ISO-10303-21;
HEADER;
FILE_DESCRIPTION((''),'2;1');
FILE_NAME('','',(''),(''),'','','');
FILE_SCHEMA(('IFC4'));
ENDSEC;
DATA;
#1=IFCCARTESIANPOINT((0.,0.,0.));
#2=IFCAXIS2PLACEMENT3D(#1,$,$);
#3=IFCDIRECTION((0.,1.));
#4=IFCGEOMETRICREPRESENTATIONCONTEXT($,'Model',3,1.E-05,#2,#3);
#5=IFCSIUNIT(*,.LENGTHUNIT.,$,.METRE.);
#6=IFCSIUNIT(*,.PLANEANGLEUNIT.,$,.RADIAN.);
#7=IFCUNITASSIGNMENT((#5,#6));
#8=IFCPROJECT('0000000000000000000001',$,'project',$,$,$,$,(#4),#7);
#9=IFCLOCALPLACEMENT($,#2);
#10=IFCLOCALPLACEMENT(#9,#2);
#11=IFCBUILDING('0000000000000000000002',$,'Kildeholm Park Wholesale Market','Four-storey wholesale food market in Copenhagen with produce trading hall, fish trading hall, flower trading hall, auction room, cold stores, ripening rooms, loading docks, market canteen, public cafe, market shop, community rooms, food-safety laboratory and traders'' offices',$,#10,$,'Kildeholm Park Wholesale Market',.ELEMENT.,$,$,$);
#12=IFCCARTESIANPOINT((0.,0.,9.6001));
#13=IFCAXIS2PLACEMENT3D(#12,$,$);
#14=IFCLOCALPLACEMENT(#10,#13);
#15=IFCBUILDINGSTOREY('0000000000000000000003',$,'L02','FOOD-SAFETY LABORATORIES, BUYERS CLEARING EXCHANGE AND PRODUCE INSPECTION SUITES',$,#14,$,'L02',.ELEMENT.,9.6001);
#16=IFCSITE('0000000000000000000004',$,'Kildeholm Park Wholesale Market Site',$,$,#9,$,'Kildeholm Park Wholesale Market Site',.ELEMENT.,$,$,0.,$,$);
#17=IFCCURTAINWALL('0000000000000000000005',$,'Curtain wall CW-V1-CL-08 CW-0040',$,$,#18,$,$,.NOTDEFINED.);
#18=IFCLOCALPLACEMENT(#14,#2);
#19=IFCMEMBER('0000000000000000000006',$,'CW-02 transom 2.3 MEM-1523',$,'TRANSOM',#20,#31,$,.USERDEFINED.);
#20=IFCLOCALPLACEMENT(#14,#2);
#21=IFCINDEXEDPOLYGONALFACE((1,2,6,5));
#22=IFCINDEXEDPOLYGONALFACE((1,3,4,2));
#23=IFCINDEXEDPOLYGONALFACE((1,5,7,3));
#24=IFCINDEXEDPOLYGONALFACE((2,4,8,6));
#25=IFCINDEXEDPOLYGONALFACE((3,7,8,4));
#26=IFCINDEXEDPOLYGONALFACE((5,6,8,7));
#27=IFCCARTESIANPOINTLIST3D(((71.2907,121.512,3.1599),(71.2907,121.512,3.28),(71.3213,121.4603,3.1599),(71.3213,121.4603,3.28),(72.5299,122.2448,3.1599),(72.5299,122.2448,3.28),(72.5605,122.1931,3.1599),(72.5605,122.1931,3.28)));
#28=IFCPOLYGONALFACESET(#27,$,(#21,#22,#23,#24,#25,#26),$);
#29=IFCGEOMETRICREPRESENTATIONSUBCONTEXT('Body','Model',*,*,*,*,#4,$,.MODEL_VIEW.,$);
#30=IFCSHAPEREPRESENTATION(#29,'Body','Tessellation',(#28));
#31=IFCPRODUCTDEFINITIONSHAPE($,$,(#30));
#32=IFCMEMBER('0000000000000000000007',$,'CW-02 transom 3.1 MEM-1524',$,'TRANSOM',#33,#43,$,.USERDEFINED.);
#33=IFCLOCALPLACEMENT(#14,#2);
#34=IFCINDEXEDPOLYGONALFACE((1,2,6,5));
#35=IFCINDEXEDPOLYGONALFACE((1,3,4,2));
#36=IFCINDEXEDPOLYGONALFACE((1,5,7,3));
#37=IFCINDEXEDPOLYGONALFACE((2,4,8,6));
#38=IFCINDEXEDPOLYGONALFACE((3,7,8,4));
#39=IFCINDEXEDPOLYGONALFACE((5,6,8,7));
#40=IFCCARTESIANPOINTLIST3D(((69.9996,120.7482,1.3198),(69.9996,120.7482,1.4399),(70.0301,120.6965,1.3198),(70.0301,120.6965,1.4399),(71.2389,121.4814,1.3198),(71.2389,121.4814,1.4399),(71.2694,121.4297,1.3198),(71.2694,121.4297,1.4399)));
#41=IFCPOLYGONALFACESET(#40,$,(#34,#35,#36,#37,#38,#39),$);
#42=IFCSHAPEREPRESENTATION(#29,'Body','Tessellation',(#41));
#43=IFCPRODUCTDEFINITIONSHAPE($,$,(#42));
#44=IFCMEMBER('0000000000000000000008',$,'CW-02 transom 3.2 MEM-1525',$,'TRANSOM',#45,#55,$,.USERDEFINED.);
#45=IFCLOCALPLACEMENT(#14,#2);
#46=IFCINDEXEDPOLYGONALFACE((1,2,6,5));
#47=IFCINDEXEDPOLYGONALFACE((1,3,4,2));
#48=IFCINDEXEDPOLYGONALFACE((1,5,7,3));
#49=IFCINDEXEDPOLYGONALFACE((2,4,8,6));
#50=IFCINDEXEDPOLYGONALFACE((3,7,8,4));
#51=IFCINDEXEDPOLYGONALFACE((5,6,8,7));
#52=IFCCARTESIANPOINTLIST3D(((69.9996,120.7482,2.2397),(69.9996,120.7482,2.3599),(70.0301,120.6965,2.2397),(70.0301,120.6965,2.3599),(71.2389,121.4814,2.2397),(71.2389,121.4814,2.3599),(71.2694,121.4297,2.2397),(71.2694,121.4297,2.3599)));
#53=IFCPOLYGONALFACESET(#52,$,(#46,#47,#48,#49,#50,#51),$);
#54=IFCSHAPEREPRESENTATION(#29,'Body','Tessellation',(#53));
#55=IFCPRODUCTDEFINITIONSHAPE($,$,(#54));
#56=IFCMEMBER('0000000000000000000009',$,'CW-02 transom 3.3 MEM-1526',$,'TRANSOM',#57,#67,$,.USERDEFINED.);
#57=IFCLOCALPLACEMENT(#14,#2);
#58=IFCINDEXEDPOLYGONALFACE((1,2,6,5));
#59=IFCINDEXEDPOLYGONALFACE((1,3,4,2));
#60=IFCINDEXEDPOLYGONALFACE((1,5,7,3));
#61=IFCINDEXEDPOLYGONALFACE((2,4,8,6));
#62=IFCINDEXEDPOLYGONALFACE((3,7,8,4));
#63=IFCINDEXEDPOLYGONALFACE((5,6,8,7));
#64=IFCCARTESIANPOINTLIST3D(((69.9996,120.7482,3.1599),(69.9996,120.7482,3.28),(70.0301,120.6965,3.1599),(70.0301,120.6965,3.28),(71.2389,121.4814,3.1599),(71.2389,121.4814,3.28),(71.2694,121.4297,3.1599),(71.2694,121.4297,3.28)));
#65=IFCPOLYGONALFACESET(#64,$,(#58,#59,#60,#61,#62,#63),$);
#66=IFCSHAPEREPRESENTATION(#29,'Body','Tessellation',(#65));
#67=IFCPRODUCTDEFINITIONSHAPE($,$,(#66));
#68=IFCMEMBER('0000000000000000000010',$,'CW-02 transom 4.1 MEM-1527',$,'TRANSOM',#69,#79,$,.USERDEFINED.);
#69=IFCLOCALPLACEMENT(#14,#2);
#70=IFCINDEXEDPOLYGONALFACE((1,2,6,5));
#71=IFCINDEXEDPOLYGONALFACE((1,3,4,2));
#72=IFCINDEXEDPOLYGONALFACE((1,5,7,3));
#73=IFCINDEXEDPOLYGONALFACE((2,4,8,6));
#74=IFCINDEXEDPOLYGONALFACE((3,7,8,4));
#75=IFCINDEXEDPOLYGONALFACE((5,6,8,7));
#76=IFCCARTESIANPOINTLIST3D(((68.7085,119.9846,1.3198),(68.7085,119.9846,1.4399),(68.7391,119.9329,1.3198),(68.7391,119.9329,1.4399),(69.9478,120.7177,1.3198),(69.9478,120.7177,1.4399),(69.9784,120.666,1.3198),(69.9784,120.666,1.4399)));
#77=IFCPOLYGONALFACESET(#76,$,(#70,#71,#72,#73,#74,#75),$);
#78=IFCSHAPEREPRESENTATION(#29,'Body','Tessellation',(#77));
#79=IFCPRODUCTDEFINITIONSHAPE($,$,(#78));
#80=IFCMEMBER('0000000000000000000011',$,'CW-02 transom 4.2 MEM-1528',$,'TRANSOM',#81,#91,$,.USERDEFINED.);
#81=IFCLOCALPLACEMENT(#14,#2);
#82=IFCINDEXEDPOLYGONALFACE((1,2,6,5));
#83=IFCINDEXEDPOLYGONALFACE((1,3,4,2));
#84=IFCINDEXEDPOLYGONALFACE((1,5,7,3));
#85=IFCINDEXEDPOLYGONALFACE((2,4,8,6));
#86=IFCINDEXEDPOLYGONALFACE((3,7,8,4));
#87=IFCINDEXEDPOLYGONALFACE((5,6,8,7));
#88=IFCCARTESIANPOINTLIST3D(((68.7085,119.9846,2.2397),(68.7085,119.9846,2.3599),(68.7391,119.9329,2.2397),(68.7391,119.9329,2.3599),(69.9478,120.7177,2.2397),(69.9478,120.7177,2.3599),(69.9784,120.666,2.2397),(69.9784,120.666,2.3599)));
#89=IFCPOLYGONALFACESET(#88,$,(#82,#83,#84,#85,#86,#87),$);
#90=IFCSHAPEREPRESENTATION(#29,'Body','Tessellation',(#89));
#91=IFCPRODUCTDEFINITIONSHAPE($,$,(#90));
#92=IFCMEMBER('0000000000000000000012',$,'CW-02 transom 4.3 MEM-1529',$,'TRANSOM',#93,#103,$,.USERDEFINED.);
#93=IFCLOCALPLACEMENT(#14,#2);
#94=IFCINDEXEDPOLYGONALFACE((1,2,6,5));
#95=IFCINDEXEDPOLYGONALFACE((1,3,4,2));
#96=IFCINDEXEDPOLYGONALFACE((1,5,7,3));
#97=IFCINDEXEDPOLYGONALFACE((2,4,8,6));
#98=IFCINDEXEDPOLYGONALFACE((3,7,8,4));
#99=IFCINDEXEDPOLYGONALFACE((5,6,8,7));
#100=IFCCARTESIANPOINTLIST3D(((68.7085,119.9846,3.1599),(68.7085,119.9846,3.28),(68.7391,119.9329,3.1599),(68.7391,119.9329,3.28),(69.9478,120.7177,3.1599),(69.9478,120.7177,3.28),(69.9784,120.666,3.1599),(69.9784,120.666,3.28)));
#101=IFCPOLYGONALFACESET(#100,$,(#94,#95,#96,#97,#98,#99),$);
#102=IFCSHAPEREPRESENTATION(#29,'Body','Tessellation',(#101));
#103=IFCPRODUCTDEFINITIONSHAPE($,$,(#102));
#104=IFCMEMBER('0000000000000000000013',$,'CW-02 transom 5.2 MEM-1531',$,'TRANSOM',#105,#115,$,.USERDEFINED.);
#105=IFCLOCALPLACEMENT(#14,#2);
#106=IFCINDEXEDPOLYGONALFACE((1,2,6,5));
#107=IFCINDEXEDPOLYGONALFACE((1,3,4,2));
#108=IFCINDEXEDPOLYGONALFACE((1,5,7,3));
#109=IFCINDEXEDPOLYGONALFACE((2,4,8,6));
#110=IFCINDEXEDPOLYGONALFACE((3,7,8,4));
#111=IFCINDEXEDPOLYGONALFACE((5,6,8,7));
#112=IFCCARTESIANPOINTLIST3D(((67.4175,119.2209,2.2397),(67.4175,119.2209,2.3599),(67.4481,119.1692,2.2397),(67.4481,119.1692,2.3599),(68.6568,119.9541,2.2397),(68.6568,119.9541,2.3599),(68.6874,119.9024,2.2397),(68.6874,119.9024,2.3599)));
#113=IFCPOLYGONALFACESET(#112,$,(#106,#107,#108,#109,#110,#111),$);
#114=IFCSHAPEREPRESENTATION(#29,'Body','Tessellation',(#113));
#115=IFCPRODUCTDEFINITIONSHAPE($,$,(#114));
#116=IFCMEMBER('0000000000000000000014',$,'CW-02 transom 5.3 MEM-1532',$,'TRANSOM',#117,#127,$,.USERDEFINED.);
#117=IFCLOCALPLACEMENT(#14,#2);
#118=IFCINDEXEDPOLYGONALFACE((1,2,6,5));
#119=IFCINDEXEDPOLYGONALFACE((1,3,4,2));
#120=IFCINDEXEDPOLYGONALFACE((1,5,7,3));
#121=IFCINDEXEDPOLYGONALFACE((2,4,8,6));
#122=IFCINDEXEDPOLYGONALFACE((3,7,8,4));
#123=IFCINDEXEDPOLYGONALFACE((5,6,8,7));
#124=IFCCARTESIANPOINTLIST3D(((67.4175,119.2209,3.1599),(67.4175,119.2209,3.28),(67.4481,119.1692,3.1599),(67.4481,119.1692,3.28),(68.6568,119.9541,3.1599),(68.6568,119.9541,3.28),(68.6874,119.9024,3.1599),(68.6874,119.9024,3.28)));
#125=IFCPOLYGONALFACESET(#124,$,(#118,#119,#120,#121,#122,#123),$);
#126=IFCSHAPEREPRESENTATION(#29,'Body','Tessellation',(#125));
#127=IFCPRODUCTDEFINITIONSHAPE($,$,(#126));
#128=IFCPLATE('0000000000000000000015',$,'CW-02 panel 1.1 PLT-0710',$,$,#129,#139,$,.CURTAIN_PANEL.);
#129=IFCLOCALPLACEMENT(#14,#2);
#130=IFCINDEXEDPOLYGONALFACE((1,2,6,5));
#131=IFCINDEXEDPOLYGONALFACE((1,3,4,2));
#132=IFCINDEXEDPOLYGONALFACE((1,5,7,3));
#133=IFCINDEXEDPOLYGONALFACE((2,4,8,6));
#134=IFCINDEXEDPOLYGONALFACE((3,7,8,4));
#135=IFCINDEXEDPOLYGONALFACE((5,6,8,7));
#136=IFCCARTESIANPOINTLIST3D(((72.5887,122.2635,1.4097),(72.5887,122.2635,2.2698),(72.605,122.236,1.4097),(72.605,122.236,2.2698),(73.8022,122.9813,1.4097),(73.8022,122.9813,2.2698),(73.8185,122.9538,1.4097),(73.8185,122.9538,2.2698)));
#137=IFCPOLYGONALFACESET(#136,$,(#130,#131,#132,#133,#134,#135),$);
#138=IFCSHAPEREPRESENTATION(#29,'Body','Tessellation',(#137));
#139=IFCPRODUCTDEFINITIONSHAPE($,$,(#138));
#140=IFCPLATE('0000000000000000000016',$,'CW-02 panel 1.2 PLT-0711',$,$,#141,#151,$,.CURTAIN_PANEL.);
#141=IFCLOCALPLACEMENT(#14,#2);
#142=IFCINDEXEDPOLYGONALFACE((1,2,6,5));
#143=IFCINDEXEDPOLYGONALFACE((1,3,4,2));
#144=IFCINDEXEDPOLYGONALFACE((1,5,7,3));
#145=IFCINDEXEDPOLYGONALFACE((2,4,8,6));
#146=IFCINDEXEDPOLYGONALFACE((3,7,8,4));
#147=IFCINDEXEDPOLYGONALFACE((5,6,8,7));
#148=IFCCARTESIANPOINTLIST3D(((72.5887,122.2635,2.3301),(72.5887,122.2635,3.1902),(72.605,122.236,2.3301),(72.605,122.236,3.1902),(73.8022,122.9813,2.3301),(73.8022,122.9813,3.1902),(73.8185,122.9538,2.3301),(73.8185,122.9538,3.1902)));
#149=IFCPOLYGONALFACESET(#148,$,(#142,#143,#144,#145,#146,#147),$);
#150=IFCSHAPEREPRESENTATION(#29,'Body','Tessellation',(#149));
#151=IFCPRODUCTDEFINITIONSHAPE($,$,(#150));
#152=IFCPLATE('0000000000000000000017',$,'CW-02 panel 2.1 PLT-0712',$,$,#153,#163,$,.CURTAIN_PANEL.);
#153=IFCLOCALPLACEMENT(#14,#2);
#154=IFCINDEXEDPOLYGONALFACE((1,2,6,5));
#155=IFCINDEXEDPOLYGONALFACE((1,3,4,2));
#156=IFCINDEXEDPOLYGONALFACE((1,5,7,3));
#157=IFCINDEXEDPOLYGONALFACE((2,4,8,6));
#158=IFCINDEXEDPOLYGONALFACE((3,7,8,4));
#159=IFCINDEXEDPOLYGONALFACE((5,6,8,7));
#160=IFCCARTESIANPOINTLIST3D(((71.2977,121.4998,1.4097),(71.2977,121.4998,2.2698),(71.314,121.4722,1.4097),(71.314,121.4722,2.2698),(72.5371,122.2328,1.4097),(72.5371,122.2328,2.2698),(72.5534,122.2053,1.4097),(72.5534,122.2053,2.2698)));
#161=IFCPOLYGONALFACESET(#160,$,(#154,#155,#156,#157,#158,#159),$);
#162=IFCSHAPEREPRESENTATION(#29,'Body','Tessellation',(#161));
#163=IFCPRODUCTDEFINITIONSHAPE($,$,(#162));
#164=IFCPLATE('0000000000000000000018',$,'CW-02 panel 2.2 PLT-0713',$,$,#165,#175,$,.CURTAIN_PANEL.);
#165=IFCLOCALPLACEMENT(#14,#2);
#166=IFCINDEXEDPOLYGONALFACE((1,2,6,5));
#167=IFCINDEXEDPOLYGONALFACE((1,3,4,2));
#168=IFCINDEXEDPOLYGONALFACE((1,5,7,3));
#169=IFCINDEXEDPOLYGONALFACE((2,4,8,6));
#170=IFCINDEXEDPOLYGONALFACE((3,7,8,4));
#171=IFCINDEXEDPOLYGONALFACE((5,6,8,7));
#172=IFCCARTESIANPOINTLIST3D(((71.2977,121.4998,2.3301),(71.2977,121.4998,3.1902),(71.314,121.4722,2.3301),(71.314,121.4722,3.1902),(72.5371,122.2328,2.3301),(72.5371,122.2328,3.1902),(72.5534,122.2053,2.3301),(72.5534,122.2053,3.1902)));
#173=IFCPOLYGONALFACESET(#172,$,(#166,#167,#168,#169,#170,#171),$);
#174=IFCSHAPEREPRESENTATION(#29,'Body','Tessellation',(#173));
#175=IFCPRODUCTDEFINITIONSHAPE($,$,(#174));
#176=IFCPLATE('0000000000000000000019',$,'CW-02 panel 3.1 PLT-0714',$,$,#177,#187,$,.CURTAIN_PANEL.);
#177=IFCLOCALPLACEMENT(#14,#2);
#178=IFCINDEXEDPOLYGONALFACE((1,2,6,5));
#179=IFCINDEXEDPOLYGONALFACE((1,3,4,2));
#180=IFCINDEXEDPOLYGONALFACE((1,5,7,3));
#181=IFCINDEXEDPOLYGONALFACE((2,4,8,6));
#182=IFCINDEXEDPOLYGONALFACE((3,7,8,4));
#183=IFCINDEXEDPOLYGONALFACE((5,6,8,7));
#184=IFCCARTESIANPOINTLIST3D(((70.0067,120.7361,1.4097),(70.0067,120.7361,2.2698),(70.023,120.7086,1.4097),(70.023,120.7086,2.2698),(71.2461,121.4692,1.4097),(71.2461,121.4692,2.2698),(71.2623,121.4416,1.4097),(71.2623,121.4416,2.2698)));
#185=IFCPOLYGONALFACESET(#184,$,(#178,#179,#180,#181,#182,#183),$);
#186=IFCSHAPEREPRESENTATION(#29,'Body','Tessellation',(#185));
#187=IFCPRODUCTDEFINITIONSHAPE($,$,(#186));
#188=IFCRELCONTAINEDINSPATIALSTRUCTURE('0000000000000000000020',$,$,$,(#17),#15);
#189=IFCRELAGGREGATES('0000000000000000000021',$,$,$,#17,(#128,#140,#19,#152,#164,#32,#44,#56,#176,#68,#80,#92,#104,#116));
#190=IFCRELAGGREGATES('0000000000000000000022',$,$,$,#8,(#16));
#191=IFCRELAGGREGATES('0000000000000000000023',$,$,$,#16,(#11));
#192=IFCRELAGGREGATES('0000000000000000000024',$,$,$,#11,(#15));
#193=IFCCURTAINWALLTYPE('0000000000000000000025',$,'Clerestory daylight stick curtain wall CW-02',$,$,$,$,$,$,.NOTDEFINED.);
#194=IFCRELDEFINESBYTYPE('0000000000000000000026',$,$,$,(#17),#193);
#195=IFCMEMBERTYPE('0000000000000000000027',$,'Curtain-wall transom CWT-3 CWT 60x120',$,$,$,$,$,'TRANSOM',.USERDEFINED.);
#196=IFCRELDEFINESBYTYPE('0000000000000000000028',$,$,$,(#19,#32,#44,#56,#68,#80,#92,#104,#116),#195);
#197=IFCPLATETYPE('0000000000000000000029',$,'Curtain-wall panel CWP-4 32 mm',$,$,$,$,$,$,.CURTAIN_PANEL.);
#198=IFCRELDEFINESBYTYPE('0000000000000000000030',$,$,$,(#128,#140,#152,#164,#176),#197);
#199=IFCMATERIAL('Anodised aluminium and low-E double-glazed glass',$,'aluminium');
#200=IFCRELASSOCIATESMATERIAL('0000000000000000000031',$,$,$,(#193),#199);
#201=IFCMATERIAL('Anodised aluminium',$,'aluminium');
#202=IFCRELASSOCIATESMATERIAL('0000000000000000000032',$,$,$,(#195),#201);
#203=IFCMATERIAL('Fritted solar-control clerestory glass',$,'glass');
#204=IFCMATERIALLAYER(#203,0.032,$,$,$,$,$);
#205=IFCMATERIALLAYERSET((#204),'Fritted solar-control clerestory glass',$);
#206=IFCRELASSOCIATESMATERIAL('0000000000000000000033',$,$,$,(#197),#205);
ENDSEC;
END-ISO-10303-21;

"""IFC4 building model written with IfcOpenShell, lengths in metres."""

from ifc_helpers import new_model, si_unit, direction, frame, origin, origin_2d, place, context, subcontext, project, spatial, rectangle, extrude, material, layer, layer_set, material_profile, profile_set, type_object, element, aggregate, save


model = new_model("IFC4")

# Units and contexts
model_context = context("Model", 3, precision=1e-05, world=origin(), true_north=direction((0.0, 1.0)))
body_context = subcontext(model_context, "Body", "Model", "MODEL_VIEW")
ifc_project = project(units=[si_unit("LENGTHUNIT", "METRE"), si_unit("PLANEANGLEUNIT", "RADIAN")], contexts=[model_context])

# Site, building, storey
site_placement = place(None, origin())
site = spatial("IfcSite", under=ifc_project, at=site_placement, Name="Kildeholm Park Wholesale Market Site", LongName="Kildeholm Park Wholesale Market Site", CompositionType="ELEMENT", RefElevation=0.0)
building_placement = place(site_placement, origin())
building = spatial("IfcBuilding", under=site, at=building_placement, Name="Kildeholm Park Wholesale Market", Description="Four-storey wholesale food market in Copenhagen with produce trading hall, fish trading hall, flower trading hall, auction room, cold stores, ripening rooms, loading docks, market canteen, public cafe, market shop, community rooms, food-safety laboratory and traders' offices", LongName="Kildeholm Park Wholesale Market", CompositionType="ELEMENT")
storey_placement = place(building_placement, frame((0.0, 0.0, 9.6001)))
storey = spatial("IfcBuildingStorey", under=building, at=storey_placement, Name="L02", Description="FOOD-SAFETY LABORATORIES, BUYERS CLEARING EXCHANGE AND PRODUCE INSPECTION SUITES", LongName="L02", CompositionType="ELEMENT", Elevation=9.6001)

# Curtain wall, members, plates
ifc_material_1 = material(Name="Anodised aluminium and low-E double-glazed glass", Category="aluminium")
curtain_wall_type = type_object("IfcCurtainWallType", Name="Clerestory daylight stick curtain wall CW-02", PredefinedType="NOTDEFINED", material=ifc_material_1)
curtain_wall_placement = place(storey_placement, origin())
curtain_wall = element("IfcCurtainWall", 1, at=curtain_wall_placement, inside=storey, type_object=curtain_wall_type, Name="Curtain wall CW-V1-CL-08 CW-0040", PredefinedType="NOTDEFINED")
ifc_material_2 = material(Name="Anodised aluminium", Category="aluminium")
ifc_material_profile_1 = material_profile(ifc_material_2, rectangle(XDim=0.0601, YDim=0.1201, at=origin_2d()), Name="CWT 60x120")
ifc_profile_set_1 = profile_set([ifc_material_profile_1], Name="Anodised aluminium")
member_type_1 = type_object("IfcMemberType", Name="Curtain-wall transom CWT-3 CWT 60x120", ElementType="TRANSOM", PredefinedType="USERDEFINED", material=ifc_profile_set_1)
member_1_placement = place(storey_placement, frame((72.5452, 122.219, 3.22), z_axis=(-0.860737, -0.509049, 0.0), x_axis=(0.509049, -0.860737, 0.0)))
member_1 = element("IfcMember", 2, at=member_1_placement, type_object=member_type_1, Name="CW-02 transom 2.3 MEM-1523", ObjectType="TRANSOM", PredefinedType="USERDEFINED", context=body_context, shape_type="SweptSolid", body=[
    extrude(rectangle(XDim=0.0601, YDim=0.1201, at=origin_2d()), origin(), (0.0, 0.0, 1.0), 1.4397),
])
member_2_placement = place(storey_placement, frame((71.2542, 121.4556, 1.3799), z_axis=(-0.860663, -0.509175, 0.0), x_axis=(0.509175, -0.860663, 0.0)))
member_2 = element("IfcMember", 3, at=member_2_placement, type_object=member_type_1, Name="CW-02 transom 3.1 MEM-1524", ObjectType="TRANSOM", PredefinedType="USERDEFINED", context=body_context, shape_type="SweptSolid", body=[
    extrude(rectangle(XDim=0.0601, YDim=0.1201, at=origin_2d()), origin(), (0.0, 0.0, 1.0), 1.4399),
])
member_3_placement = place(storey_placement, frame((71.2542, 121.4556, 2.2998), z_axis=(-0.860663, -0.509175, 0.0), x_axis=(0.509175, -0.860663, 0.0)))
member_3 = element("IfcMember", 4, at=member_3_placement, type_object=member_type_1, Name="CW-02 transom 3.2 MEM-1525", ObjectType="TRANSOM", PredefinedType="USERDEFINED", context=body_context, shape_type="SweptSolid", body=[
    extrude(rectangle(XDim=0.0601, YDim=0.1201, at=origin_2d()), origin(), (0.0, 0.0, 1.0), 1.4399),
])
member_4_placement = place(storey_placement, frame((71.2542, 121.4556, 3.22), z_axis=(-0.860663, -0.509175, 0.0), x_axis=(0.509175, -0.860663, 0.0)))
member_4 = element("IfcMember", 5, at=member_4_placement, type_object=member_type_1, Name="CW-02 transom 3.3 MEM-1526", ObjectType="TRANSOM", PredefinedType="USERDEFINED", context=body_context, shape_type="SweptSolid", body=[
    extrude(rectangle(XDim=0.0601, YDim=0.1201, at=origin_2d()), origin(), (0.0, 0.0, 1.0), 1.4399),
])
member_5_placement = place(storey_placement, frame((69.9631, 120.6919, 1.3799), z_axis=(-0.860663, -0.509175, 0.0), x_axis=(0.509175, -0.860663, 0.0)))
member_5 = element("IfcMember", 6, at=member_5_placement, type_object=member_type_1, Name="CW-02 transom 4.1 MEM-1527", ObjectType="TRANSOM", PredefinedType="USERDEFINED", context=body_context, shape_type="SweptSolid", body=[
    extrude(rectangle(XDim=0.0601, YDim=0.1201, at=origin_2d()), origin(), (0.0, 0.0, 1.0), 1.4399),
])
member_6_placement = place(storey_placement, frame((69.9631, 120.6919, 2.2998), z_axis=(-0.860663, -0.509175, 0.0), x_axis=(0.509175, -0.860663, 0.0)))
member_6 = element("IfcMember", 7, at=member_6_placement, type_object=member_type_1, Name="CW-02 transom 4.2 MEM-1528", ObjectType="TRANSOM", PredefinedType="USERDEFINED", context=body_context, shape_type="SweptSolid", body=[
    extrude(rectangle(XDim=0.0601, YDim=0.1201, at=origin_2d()), origin(), (0.0, 0.0, 1.0), 1.4399),
])
member_7_placement = place(storey_placement, frame((69.9631, 120.6919, 3.22), z_axis=(-0.860663, -0.509175, 0.0), x_axis=(0.509175, -0.860663, 0.0)))
member_7 = element("IfcMember", 8, at=member_7_placement, type_object=member_type_1, Name="CW-02 transom 4.3 MEM-1529", ObjectType="TRANSOM", PredefinedType="USERDEFINED", context=body_context, shape_type="SweptSolid", body=[
    extrude(rectangle(XDim=0.0601, YDim=0.1201, at=origin_2d()), origin(), (0.0, 0.0, 1.0), 1.4399),
])
member_8_placement = place(storey_placement, frame((68.6721, 119.9282, 2.2998), z_axis=(-0.860663, -0.509175, 0.0), x_axis=(0.509175, -0.860663, 0.0)))
member_8 = element("IfcMember", 9, at=member_8_placement, type_object=member_type_1, Name="CW-02 transom 5.2 MEM-1531", ObjectType="TRANSOM", PredefinedType="USERDEFINED", context=body_context, shape_type="SweptSolid", body=[
    extrude(rectangle(XDim=0.0601, YDim=0.1201, at=origin_2d()), origin(), (0.0, 0.0, 1.0), 1.4399),
])
member_9_placement = place(storey_placement, frame((68.6721, 119.9282, 3.22), z_axis=(-0.860663, -0.509175, 0.0), x_axis=(0.509175, -0.860663, 0.0)))
member_9 = element("IfcMember", 10, at=member_9_placement, type_object=member_type_1, Name="CW-02 transom 5.3 MEM-1532", ObjectType="TRANSOM", PredefinedType="USERDEFINED", context=body_context, shape_type="SweptSolid", body=[
    extrude(rectangle(XDim=0.0601, YDim=0.1201, at=origin_2d()), origin(), (0.0, 0.0, 1.0), 1.4399),
])
ifc_material_3 = material(Name="Fritted solar-control clerestory glass", Category="glass")
ifc_layer = layer(ifc_material_3, 0.032)
ifc_layer_set = layer_set([ifc_layer], Name="Fritted solar-control clerestory glass")
plate_type = type_object("IfcPlateType", Name="Curtain-wall panel CWP-4 32 mm", PredefinedType="CURTAIN_PANEL", material=ifc_layer_set)
plate_1_placement = place(storey_placement, frame((73.2036, 122.6086, 1.4097), z_axis=(0.0, 0.0, 1.0), x_axis=(-0.860704, -0.509105, 0.0)))
plate_1 = element("IfcPlate", 11, at=plate_1_placement, type_object=plate_type, Name="CW-02 panel 1.1 PLT-0710", PredefinedType="CURTAIN_PANEL", context=body_context, shape_type="SweptSolid", body=[
    extrude(rectangle(XDim=1.4099, YDim=0.032, at=origin_2d()), origin(), (0.0, 0.0, 1.0), 0.8601),
])
plate_2_placement = place(storey_placement, frame((73.2036, 122.6086, 2.3301), z_axis=(0.0, 0.0, 1.0), x_axis=(-0.860704, -0.509105, 0.0)))
plate_2 = element("IfcPlate", 12, at=plate_2_placement, type_object=plate_type, Name="CW-02 panel 1.2 PLT-0711", PredefinedType="CURTAIN_PANEL", context=body_context, shape_type="SweptSolid", body=[
    extrude(rectangle(XDim=1.4099, YDim=0.032, at=origin_2d()), origin(), (0.0, 0.0, 1.0), 0.8601),
])
plate_3_placement = place(storey_placement, frame((71.9255, 121.8525, 1.4097), z_axis=(0.0, 0.0, 1.0), x_axis=(-0.860704, -0.509105, 0.0)))
plate_3 = element("IfcPlate", 13, at=plate_3_placement, type_object=plate_type, Name="CW-02 panel 2.1 PLT-0712", PredefinedType="CURTAIN_PANEL", context=body_context, shape_type="SweptSolid", body=[
    extrude(rectangle(XDim=1.4399, YDim=0.032, at=origin_2d()), origin(), (0.0, 0.0, 1.0), 0.8601),
])
plate_4_placement = place(storey_placement, frame((71.9255, 121.8525, 2.3301), z_axis=(0.0, 0.0, 1.0), x_axis=(-0.860704, -0.509105, 0.0)))
plate_4 = element("IfcPlate", 14, at=plate_4_placement, type_object=plate_type, Name="CW-02 panel 2.2 PLT-0713", PredefinedType="CURTAIN_PANEL", context=body_context, shape_type="SweptSolid", body=[
    extrude(rectangle(XDim=1.4399, YDim=0.032, at=origin_2d()), origin(), (0.0, 0.0, 1.0), 0.8601),
])
plate_5_placement = place(storey_placement, frame((70.6345, 121.0889, 1.4097), z_axis=(0.0, 0.0, 1.0), x_axis=(-0.860704, -0.509105, 0.0)))
plate_5 = element("IfcPlate", 15, at=plate_5_placement, type_object=plate_type, Name="CW-02 panel 3.1 PLT-0714", PredefinedType="CURTAIN_PANEL", context=body_context, shape_type="SweptSolid", body=[
    extrude(rectangle(XDim=1.4399, YDim=0.032, at=origin_2d()), origin(), (0.0, 0.0, 1.0), 0.8601),
])
aggregate(curtain_wall, [plate_1, plate_2, member_1, plate_3, plate_4, member_2, member_3, member_4, plate_5, member_5, member_6, member_7, member_8, member_9])

save(model, "model.ifc")
